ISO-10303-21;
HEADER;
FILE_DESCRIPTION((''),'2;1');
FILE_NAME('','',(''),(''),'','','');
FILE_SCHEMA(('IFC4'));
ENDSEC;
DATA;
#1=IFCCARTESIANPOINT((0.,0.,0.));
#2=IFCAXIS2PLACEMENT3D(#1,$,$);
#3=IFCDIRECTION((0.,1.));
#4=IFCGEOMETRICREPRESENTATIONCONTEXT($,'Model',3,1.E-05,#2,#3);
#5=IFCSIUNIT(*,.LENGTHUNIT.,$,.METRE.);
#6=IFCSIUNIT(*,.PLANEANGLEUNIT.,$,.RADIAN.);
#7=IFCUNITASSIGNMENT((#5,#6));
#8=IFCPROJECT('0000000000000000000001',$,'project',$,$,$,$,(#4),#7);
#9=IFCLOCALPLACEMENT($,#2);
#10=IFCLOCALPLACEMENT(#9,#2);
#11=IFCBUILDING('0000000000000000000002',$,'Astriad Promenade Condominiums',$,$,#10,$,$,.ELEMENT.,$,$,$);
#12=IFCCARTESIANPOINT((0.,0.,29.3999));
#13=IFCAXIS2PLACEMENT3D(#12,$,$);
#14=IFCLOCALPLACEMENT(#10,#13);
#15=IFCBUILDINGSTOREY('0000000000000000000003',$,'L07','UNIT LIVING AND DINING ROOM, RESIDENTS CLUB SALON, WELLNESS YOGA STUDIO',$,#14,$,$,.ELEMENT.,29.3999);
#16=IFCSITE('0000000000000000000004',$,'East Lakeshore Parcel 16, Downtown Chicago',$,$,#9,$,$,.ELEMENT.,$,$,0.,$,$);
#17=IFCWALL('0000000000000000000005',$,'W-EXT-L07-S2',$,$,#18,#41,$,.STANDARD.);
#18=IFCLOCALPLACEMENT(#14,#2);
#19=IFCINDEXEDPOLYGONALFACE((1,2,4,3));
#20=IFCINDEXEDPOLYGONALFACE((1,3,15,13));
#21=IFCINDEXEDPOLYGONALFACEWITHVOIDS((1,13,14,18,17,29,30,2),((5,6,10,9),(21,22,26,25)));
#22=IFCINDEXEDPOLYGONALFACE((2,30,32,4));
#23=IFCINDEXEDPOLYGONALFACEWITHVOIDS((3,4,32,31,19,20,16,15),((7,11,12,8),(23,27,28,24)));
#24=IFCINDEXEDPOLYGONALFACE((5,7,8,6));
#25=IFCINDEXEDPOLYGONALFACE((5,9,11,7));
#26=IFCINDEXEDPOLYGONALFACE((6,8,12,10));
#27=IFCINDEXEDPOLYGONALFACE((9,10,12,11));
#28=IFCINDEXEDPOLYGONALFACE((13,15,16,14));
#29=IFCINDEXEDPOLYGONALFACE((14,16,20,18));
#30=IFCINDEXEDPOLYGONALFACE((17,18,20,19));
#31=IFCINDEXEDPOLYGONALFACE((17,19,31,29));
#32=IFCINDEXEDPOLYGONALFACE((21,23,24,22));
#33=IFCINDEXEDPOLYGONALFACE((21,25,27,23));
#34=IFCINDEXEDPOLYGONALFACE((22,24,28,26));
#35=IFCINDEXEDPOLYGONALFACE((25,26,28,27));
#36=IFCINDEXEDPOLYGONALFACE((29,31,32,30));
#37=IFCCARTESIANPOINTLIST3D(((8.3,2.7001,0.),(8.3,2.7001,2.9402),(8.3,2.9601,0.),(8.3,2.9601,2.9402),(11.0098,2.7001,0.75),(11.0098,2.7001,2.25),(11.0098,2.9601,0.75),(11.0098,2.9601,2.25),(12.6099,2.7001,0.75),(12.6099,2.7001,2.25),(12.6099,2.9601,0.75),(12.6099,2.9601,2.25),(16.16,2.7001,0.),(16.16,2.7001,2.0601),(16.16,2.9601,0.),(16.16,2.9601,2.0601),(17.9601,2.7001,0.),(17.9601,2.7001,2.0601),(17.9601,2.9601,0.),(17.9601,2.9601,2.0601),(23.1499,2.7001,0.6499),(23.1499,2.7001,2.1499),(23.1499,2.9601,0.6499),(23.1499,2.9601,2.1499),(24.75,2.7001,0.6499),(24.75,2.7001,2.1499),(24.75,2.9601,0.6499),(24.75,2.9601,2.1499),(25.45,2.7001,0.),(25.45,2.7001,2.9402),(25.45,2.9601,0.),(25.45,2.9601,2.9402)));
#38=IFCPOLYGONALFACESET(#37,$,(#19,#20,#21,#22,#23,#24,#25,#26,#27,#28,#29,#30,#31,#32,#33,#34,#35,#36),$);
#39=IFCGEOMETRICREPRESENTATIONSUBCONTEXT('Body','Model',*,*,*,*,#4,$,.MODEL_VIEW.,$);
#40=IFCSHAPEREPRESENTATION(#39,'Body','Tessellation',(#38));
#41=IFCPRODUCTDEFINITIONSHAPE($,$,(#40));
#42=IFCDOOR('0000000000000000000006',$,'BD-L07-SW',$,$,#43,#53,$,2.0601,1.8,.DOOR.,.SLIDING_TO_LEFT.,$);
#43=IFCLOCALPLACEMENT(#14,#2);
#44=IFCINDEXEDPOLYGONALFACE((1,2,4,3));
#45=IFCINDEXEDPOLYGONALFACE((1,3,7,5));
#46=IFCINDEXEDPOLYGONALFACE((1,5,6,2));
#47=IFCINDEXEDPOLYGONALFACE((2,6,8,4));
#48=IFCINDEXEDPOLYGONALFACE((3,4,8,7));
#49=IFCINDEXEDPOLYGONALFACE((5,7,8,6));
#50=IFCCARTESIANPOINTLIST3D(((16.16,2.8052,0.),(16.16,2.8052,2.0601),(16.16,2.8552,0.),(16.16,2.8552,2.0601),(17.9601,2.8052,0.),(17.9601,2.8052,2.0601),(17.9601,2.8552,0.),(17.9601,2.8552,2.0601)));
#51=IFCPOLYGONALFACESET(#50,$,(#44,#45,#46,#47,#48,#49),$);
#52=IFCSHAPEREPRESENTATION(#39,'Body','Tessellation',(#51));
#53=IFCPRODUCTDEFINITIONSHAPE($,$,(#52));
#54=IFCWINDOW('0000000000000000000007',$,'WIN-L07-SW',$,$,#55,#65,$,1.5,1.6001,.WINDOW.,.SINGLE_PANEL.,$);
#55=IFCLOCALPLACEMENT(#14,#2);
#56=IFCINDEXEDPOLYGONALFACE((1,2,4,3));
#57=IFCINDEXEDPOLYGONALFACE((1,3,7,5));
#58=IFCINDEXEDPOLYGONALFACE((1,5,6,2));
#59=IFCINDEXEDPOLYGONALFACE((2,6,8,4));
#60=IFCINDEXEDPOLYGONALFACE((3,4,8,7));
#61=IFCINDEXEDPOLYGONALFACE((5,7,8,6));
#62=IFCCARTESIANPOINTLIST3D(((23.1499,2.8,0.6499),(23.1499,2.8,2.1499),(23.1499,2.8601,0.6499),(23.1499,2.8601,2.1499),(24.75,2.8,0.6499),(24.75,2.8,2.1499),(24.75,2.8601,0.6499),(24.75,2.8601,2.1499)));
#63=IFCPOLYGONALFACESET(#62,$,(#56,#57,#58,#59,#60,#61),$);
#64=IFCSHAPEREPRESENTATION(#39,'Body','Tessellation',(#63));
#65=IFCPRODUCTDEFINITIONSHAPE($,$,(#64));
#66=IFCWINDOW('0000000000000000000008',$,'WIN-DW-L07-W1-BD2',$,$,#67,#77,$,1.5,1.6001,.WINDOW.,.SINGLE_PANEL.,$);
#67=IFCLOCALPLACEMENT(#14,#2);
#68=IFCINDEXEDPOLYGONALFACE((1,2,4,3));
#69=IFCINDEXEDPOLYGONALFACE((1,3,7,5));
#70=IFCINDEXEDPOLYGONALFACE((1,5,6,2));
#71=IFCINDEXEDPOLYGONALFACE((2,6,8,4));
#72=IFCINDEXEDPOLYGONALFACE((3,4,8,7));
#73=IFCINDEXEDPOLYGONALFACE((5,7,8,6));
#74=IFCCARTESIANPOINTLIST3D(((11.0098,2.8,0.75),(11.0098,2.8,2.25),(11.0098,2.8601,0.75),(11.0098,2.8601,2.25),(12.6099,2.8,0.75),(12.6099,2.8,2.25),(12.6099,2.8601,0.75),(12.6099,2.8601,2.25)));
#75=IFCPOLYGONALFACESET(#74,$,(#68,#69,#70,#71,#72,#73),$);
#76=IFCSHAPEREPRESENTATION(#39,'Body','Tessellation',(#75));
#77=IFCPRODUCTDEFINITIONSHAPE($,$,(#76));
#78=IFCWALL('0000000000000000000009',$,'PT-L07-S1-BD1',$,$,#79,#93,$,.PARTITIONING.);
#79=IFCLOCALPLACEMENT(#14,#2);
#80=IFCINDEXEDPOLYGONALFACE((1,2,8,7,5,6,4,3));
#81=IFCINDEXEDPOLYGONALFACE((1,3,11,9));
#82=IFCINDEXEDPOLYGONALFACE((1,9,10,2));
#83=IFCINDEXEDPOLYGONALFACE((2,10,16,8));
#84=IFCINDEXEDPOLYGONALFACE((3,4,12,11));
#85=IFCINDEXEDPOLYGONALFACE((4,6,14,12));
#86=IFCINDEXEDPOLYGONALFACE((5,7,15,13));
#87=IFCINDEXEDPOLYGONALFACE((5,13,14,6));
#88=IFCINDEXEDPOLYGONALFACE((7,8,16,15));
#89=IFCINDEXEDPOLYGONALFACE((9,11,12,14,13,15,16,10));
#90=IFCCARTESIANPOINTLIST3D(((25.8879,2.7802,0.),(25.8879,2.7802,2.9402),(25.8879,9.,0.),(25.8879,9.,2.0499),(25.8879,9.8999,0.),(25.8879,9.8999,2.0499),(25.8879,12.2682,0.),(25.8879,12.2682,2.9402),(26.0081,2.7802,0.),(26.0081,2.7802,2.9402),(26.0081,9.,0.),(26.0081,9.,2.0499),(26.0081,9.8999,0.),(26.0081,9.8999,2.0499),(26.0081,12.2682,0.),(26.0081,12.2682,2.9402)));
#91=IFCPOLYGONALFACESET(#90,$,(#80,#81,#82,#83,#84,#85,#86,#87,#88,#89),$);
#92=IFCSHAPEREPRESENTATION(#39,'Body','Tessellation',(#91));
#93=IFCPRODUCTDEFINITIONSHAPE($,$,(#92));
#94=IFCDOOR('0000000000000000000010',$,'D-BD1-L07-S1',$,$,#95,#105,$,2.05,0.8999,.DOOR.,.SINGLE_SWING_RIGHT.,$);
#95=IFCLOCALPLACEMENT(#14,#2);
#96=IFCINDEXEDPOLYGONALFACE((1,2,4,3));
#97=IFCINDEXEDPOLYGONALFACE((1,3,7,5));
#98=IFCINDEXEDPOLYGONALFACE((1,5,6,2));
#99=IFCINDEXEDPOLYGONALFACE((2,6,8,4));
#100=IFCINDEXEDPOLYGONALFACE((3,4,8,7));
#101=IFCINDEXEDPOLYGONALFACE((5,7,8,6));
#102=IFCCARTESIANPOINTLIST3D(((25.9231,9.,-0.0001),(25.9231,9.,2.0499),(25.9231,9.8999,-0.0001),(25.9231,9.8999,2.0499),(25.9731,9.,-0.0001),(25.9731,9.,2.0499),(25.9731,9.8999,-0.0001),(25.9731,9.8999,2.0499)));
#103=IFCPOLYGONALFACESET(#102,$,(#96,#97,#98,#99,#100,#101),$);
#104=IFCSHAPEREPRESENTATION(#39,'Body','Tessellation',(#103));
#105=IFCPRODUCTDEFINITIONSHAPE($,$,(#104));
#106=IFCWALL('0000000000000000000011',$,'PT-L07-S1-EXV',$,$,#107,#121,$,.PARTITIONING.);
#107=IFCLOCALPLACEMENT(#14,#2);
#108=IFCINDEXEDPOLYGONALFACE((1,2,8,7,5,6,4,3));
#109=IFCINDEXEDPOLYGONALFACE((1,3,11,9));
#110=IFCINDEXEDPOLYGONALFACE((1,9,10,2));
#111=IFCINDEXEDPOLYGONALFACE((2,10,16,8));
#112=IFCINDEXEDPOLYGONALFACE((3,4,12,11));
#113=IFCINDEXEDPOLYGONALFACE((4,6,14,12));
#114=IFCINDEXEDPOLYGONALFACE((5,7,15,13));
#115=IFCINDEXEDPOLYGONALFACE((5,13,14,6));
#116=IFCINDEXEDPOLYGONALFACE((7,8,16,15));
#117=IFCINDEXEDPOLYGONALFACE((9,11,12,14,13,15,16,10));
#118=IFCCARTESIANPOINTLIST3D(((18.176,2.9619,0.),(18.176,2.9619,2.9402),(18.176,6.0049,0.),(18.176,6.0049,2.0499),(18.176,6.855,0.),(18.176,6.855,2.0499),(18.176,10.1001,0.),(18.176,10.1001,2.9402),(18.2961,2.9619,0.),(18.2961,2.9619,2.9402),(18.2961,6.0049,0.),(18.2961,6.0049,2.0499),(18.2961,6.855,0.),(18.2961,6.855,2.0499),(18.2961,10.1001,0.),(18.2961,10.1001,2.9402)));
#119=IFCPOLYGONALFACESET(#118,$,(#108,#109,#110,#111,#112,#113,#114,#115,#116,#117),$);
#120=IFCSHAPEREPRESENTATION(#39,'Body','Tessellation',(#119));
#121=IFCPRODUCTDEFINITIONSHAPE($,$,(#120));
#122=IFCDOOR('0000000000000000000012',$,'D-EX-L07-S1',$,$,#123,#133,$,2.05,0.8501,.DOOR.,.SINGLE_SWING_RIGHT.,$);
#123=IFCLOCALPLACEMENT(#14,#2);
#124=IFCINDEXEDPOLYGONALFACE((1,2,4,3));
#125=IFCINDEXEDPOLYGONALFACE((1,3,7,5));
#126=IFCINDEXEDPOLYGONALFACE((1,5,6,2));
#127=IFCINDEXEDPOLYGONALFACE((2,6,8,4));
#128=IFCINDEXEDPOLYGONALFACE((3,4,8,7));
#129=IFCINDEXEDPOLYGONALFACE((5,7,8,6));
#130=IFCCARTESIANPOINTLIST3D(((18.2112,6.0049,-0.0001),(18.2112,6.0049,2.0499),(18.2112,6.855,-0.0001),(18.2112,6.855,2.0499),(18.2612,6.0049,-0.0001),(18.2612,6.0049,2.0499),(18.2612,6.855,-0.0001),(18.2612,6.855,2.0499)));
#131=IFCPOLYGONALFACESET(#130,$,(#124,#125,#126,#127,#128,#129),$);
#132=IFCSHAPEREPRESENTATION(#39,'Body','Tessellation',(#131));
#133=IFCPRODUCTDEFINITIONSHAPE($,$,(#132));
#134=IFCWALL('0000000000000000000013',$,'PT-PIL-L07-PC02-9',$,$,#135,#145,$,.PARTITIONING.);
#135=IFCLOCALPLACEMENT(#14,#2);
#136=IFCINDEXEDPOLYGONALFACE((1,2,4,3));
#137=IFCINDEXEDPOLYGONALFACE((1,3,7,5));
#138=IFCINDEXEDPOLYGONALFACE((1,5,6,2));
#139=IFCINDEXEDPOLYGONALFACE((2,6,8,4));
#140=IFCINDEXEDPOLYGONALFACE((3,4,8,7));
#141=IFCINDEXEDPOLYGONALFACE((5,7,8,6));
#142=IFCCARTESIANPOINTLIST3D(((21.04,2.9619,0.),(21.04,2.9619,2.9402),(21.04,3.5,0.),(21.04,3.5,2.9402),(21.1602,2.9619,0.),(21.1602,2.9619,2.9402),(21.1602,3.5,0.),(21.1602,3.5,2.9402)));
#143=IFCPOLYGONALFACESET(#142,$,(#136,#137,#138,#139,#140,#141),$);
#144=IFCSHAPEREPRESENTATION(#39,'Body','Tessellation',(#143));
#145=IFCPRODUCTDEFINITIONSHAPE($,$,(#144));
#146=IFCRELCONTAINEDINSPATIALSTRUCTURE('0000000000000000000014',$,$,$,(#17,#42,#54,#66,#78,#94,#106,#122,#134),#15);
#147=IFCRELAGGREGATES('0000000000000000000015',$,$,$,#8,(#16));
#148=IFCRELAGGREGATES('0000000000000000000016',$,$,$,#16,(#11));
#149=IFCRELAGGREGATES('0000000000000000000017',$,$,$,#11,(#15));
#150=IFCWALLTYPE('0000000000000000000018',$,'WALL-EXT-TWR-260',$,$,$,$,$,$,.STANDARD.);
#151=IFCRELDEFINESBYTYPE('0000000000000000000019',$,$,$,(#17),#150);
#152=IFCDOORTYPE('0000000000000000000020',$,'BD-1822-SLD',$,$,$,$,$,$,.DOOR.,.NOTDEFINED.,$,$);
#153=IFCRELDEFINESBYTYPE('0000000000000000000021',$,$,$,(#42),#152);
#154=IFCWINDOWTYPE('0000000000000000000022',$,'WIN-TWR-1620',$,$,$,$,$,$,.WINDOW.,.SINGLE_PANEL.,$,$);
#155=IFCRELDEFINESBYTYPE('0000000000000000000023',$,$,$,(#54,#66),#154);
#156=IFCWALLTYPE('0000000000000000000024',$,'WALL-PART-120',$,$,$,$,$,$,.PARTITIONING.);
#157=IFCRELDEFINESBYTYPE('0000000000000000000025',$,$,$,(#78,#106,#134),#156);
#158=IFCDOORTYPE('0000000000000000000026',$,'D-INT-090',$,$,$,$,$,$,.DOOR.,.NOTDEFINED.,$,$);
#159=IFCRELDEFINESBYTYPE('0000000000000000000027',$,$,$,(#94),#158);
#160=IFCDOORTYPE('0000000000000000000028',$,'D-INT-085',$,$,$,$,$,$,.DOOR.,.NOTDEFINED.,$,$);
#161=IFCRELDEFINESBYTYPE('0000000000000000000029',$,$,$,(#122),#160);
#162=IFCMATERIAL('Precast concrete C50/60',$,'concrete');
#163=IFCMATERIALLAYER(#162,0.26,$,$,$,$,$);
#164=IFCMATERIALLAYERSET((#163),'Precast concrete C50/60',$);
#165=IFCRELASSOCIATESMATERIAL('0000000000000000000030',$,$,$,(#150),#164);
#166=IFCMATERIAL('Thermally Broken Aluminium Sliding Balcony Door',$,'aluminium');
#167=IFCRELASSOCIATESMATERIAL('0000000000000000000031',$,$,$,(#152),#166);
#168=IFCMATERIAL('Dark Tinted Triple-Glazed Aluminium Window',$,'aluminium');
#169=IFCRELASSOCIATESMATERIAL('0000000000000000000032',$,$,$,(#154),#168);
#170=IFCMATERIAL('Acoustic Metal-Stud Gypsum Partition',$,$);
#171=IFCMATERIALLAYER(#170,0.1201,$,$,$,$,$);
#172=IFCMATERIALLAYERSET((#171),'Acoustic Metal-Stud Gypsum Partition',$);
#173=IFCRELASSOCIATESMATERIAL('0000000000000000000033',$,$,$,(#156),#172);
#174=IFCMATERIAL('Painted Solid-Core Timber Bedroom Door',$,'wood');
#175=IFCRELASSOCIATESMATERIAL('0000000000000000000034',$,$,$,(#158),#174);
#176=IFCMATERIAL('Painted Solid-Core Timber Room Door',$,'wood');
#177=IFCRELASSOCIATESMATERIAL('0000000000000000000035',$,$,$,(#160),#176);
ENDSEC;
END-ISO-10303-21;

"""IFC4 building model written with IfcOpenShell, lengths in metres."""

from ifc_helpers import new_model, si_unit, direction, frame, frame_2d, origin, place, context, subcontext, project, spatial, rectangle, extrude, source, transform, mapped, material, layer, layer_set, type_object, type_shapes, element, fill, save


model = new_model("IFC4")

# Units and contexts
model_context = context("Model", 3, precision=1e-05, world=origin(), true_north=direction((0.0, 1.0)))
body_context = subcontext(model_context, "Body", "Model", "MODEL_VIEW")
ifc_project = project(units=[si_unit("LENGTHUNIT", "METRE"), si_unit("PLANEANGLEUNIT", "RADIAN")], contexts=[model_context])

# Site, building, storey
site_placement = place(None, origin())
site = spatial("IfcSite", under=ifc_project, at=site_placement, Name="East Lakeshore Parcel 16, Downtown Chicago", CompositionType="ELEMENT", RefElevation=0.0)
building_placement = place(site_placement, origin())
building = spatial("IfcBuilding", under=site, at=building_placement, Name="Astriad Promenade Condominiums", CompositionType="ELEMENT")
storey_placement = place(building_placement, frame((0.0, 0.0, 29.3999)))
storey = spatial("IfcBuildingStorey", under=building, at=storey_placement, Name="L07", Description="UNIT LIVING AND DINING ROOM, RESIDENTS CLUB SALON, WELLNESS YOGA STUDIO", CompositionType="ELEMENT", Elevation=29.3999)

# Wall, openings, door, windows
ifc_material_1 = material(Name="Precast concrete C50/60", Category="concrete")
ifc_layer_1 = layer(ifc_material_1, 0.26)
ifc_layer_set_1 = layer_set([ifc_layer_1], Name="Precast concrete C50/60")
wall_type_1 = type_object("IfcWallType", Name="WALL-EXT-TWR-260", PredefinedType="STANDARD", material=ifc_layer_set_1)
wall_1_placement = place(storey_placement, frame((25.45, 2.8301, 0.0), z_axis=(0.0, 0.0, 1.0), x_axis=(-1.0, 0.0, 0.0)))
wall_1 = element("IfcWall", 1, at=wall_1_placement, inside=storey, type_object=wall_type_1, Name="W-EXT-L07-S2", PredefinedType="STANDARD", context=body_context, shape_type="SweptSolid", body=[
    extrude(rectangle(XDim=17.1499, YDim=0.26, at=frame_2d((8.575, 0.0))), origin(), (0.0, 0.0, 1.0), 2.9402),
])
opening_1_placement = place(wall_1_placement, frame((7.49, 0.0, 0.0)))
opening_1 = element("IfcOpeningElement", 2, at=opening_1_placement, cuts=wall_1, PredefinedType="OPENING", context=body_context, shape_type="SweptSolid", body=[
    extrude(rectangle(XDim=1.8, YDim=2.0601, at=frame_2d((0.8999, 1.03))), frame((0.0, 0.1399, 0.0), z_axis=(0.0, -1.0, 0.0), x_axis=(1.0, 0.0, 0.0)), (0.0, 0.0, 1.0), 0.28),
])
opening_2_placement = place(wall_1_placement, frame((0.7, 0.0, 0.6499)))
opening_2 = element("IfcOpeningElement", 3, at=opening_2_placement, cuts=wall_1, PredefinedType="OPENING", context=body_context, shape_type="SweptSolid", body=[
    extrude(rectangle(XDim=1.6001, YDim=1.5, at=frame_2d((0.8, 0.75))), frame((0.0, 0.1399, 0.0), z_axis=(0.0, -1.0, 0.0), x_axis=(1.0, 0.0, 0.0)), (0.0, 0.0, 1.0), 0.28),
])
opening_3_placement = place(wall_1_placement, frame((12.8401, 0.0, 0.75)))
opening_3 = element("IfcOpeningElement", 4, at=opening_3_placement, cuts=wall_1, PredefinedType="OPENING", context=body_context, shape_type="SweptSolid", body=[
    extrude(rectangle(XDim=1.6001, YDim=1.5, at=frame_2d((0.8, 0.75))), frame((0.0, 0.1399, 0.0), z_axis=(0.0, -1.0, 0.0), x_axis=(1.0, 0.0, 0.0)), (0.0, 0.0, 1.0), 0.28),
])
ifc_material_2 = material(Name="Thermally Broken Aluminium Sliding Balcony Door", Category="aluminium")
door_type_1 = type_object("IfcDoorType", Name="BD-1822-SLD", OperationType="NOTDEFINED", PredefinedType="DOOR", material=ifc_material_2)
shared_shape_1 = source(origin(), body_context, "Body", "SweptSolid", [
    extrude(rectangle(XDim=1.8, YDim=2.0601, at=frame_2d((0.8999, 1.03))), frame((0.0, 0.0249, 0.0), z_axis=(0.0, -1.0, 0.0), x_axis=(1.0, 0.0, 0.0)), (0.0, 0.0, 1.0), 0.05),
])
type_shapes(door_type_1, [shared_shape_1])
door_1_placement = place(opening_1_placement, origin())
door_1 = element("IfcDoor", 5, at=door_1_placement, inside=storey, type_object=door_type_1, Name="BD-L07-SW", OperationType="SLIDING_TO_LEFT", OverallHeight=2.0601, OverallWidth=1.8, PredefinedType="DOOR", context=body_context, shape_type="MappedRepresentation", body=[
    mapped(shared_shape_1, transform((0.0, 0.0, 0.0), scale=1.0)),
])
fill(opening_1, door_1)
ifc_material_3 = material(Name="Dark Tinted Triple-Glazed Aluminium Window", Category="aluminium")
window_type = type_object("IfcWindowType", Name="WIN-TWR-1620", PartitioningType="SINGLE_PANEL", PredefinedType="WINDOW", material=ifc_material_3)
shared_shape_2 = source(origin(), body_context, "Body", "SweptSolid", [
    extrude(rectangle(XDim=1.6001, YDim=1.5, at=frame_2d((0.8, 0.75))), frame((0.0, 0.03, 0.0), z_axis=(0.0, -1.0, 0.0), x_axis=(1.0, 0.0, 0.0)), (0.0, 0.0, 1.0), 0.0601),
])
type_shapes(window_type, [shared_shape_2])
window_1_placement = place(opening_2_placement, origin())
window_1 = element("IfcWindow", 6, at=window_1_placement, inside=storey, type_object=window_type, Name="WIN-L07-SW", OverallHeight=1.5, OverallWidth=1.6001, PartitioningType="SINGLE_PANEL", PredefinedType="WINDOW", context=body_context, shape_type="MappedRepresentation", body=[
    mapped(shared_shape_2, transform((0.0, 0.0, 0.0), scale=1.0)),
])
fill(opening_2, window_1)
window_2_placement = place(opening_3_placement, origin())
window_2 = element("IfcWindow", 7, at=window_2_placement, inside=storey, type_object=window_type, Name="WIN-DW-L07-W1-BD2", OverallHeight=1.5, OverallWidth=1.6001, PartitioningType="SINGLE_PANEL", PredefinedType="WINDOW", context=body_context, shape_type="MappedRepresentation", body=[
    mapped(shared_shape_2, transform((0.0, 0.0, 0.0), scale=1.0)),
])
fill(opening_3, window_2)

# Walls, openings, doors
ifc_material_4 = material(Name="Acoustic Metal-Stud Gypsum Partition")
ifc_layer_2 = layer(ifc_material_4, 0.1201)
ifc_layer_set_2 = layer_set([ifc_layer_2], Name="Acoustic Metal-Stud Gypsum Partition")
wall_type_2 = type_object("IfcWallType", Name="WALL-PART-120", PredefinedType="PARTITIONING", material=ifc_layer_set_2)
wall_2_placement = place(storey_placement, frame((25.948, 2.78, 0.0), z_axis=(0.0, 0.0, 1.0), x_axis=(0.0, 1.0, 0.0)))
wall_2 = element("IfcWall", 8, at=wall_2_placement, inside=storey, type_object=wall_type_2, Name="PT-L07-S1-BD1", PredefinedType="PARTITIONING", context=body_context, shape_type="SweptSolid", body=[
    extrude(rectangle(XDim=9.488, YDim=0.1201, at=frame_2d((4.7441, 0.0))), origin(), (0.0, 0.0, 1.0), 2.9402),
])
opening_4_placement = place(wall_2_placement, frame((6.22, 0.0, 0.0)))
opening_4 = element("IfcOpeningElement", 9, at=opening_4_placement, cuts=wall_2, PredefinedType="OPENING", context=body_context, shape_type="SweptSolid", body=[
    extrude(rectangle(XDim=0.8999, YDim=2.05, at=frame_2d((0.45, 1.0249))), frame((0.0, 0.0701, 0.0), z_axis=(0.0, -1.0, 0.0), x_axis=(1.0, 0.0, 0.0)), (0.0, 0.0, 1.0), 0.1401),
])
ifc_material_5 = material(Name="Painted Solid-Core Timber Bedroom Door", Category="wood")
door_type_2 = type_object("IfcDoorType", Name="D-INT-090", OperationType="NOTDEFINED", PredefinedType="DOOR", material=ifc_material_5)
shared_shape_3 = source(origin(), body_context, "Body", "SweptSolid", [
    extrude(rectangle(XDim=0.8999, YDim=2.05, at=frame_2d((0.45, 1.0249))), frame((0.0, 0.0249, 0.0), z_axis=(0.0, -1.0, 0.0), x_axis=(1.0, 0.0, 0.0)), (0.0, 0.0, 1.0), 0.05),
])
type_shapes(door_type_2, [shared_shape_3])
door_2_placement = place(opening_4_placement, origin())
door_2 = element("IfcDoor", 10, at=door_2_placement, inside=storey, type_object=door_type_2, Name="D-BD1-L07-S1", OperationType="SINGLE_SWING_RIGHT", OverallHeight=2.05, OverallWidth=0.8999, PredefinedType="DOOR", context=body_context, shape_type="MappedRepresentation", body=[
    mapped(shared_shape_3, transform((0.0, 0.0, 0.0), scale=1.0)),
])
fill(opening_4, door_2)
wall_3_placement = place(storey_placement, frame((18.2361, 2.9619, 0.0), z_axis=(0.0, 0.0, 1.0), x_axis=(0.0, 1.0, 0.0)))
wall_3 = element("IfcWall", 11, at=wall_3_placement, inside=storey, type_object=wall_type_2, Name="PT-L07-S1-EXV", PredefinedType="PARTITIONING", context=body_context, shape_type="SweptSolid", body=[
    extrude(rectangle(XDim=7.1382, YDim=0.1201, at=frame_2d((3.5691, 0.0))), origin(), (0.0, 0.0, 1.0), 2.9402),
])
opening_5_placement = place(wall_3_placement, frame((3.043, 0.0, 0.0)))
opening_5 = element("IfcOpeningElement", 12, at=opening_5_placement, cuts=wall_3, PredefinedType="OPENING", context=body_context, shape_type="SweptSolid", body=[
    extrude(rectangle(XDim=0.8501, YDim=2.05, at=frame_2d((0.425, 1.0249))), frame((0.0, 0.0701, 0.0), z_axis=(0.0, -1.0, 0.0), x_axis=(1.0, 0.0, 0.0)), (0.0, 0.0, 1.0), 0.1401),
])
ifc_material_6 = material(Name="Painted Solid-Core Timber Room Door", Category="wood")
door_type_3 = type_object("IfcDoorType", Name="D-INT-085", OperationType="NOTDEFINED", PredefinedType="DOOR", material=ifc_material_6)
shared_shape_4 = source(origin(), body_context, "Body", "SweptSolid", [
    extrude(rectangle(XDim=0.8501, YDim=2.05, at=frame_2d((0.425, 1.0249))), frame((0.0, 0.0249, 0.0), z_axis=(0.0, -1.0, 0.0), x_axis=(1.0, 0.0, 0.0)), (0.0, 0.0, 1.0), 0.05),
])
type_shapes(door_type_3, [shared_shape_4])
door_3_placement = place(opening_5_placement, origin())
door_3 = element("IfcDoor", 13, at=door_3_placement, inside=storey, type_object=door_type_3, Name="D-EX-L07-S1", OperationType="SINGLE_SWING_RIGHT", OverallHeight=2.05, OverallWidth=0.8501, PredefinedType="DOOR", context=body_context, shape_type="MappedRepresentation", body=[
    mapped(shared_shape_4, transform((0.0, 0.0, 0.0), scale=1.0)),
])
fill(opening_5, door_3)

# Wall
wall_4_placement = place(storey_placement, frame((21.1001, 3.5, 0.0), z_axis=(0.0, 0.0, 1.0), x_axis=(0.0, -1.0, 0.0)))
element("IfcWall", 14, at=wall_4_placement, inside=storey, type_object=wall_type_2, Name="PT-PIL-L07-PC02-9", PredefinedType="PARTITIONING", context=body_context, shape_type="SweptSolid", body=[
    extrude(rectangle(XDim=0.5381, YDim=0.1201, at=frame_2d((0.269, 0.0))), origin(), (0.0, 0.0, 1.0), 2.9402),
])

save(model, "model.ifc")
